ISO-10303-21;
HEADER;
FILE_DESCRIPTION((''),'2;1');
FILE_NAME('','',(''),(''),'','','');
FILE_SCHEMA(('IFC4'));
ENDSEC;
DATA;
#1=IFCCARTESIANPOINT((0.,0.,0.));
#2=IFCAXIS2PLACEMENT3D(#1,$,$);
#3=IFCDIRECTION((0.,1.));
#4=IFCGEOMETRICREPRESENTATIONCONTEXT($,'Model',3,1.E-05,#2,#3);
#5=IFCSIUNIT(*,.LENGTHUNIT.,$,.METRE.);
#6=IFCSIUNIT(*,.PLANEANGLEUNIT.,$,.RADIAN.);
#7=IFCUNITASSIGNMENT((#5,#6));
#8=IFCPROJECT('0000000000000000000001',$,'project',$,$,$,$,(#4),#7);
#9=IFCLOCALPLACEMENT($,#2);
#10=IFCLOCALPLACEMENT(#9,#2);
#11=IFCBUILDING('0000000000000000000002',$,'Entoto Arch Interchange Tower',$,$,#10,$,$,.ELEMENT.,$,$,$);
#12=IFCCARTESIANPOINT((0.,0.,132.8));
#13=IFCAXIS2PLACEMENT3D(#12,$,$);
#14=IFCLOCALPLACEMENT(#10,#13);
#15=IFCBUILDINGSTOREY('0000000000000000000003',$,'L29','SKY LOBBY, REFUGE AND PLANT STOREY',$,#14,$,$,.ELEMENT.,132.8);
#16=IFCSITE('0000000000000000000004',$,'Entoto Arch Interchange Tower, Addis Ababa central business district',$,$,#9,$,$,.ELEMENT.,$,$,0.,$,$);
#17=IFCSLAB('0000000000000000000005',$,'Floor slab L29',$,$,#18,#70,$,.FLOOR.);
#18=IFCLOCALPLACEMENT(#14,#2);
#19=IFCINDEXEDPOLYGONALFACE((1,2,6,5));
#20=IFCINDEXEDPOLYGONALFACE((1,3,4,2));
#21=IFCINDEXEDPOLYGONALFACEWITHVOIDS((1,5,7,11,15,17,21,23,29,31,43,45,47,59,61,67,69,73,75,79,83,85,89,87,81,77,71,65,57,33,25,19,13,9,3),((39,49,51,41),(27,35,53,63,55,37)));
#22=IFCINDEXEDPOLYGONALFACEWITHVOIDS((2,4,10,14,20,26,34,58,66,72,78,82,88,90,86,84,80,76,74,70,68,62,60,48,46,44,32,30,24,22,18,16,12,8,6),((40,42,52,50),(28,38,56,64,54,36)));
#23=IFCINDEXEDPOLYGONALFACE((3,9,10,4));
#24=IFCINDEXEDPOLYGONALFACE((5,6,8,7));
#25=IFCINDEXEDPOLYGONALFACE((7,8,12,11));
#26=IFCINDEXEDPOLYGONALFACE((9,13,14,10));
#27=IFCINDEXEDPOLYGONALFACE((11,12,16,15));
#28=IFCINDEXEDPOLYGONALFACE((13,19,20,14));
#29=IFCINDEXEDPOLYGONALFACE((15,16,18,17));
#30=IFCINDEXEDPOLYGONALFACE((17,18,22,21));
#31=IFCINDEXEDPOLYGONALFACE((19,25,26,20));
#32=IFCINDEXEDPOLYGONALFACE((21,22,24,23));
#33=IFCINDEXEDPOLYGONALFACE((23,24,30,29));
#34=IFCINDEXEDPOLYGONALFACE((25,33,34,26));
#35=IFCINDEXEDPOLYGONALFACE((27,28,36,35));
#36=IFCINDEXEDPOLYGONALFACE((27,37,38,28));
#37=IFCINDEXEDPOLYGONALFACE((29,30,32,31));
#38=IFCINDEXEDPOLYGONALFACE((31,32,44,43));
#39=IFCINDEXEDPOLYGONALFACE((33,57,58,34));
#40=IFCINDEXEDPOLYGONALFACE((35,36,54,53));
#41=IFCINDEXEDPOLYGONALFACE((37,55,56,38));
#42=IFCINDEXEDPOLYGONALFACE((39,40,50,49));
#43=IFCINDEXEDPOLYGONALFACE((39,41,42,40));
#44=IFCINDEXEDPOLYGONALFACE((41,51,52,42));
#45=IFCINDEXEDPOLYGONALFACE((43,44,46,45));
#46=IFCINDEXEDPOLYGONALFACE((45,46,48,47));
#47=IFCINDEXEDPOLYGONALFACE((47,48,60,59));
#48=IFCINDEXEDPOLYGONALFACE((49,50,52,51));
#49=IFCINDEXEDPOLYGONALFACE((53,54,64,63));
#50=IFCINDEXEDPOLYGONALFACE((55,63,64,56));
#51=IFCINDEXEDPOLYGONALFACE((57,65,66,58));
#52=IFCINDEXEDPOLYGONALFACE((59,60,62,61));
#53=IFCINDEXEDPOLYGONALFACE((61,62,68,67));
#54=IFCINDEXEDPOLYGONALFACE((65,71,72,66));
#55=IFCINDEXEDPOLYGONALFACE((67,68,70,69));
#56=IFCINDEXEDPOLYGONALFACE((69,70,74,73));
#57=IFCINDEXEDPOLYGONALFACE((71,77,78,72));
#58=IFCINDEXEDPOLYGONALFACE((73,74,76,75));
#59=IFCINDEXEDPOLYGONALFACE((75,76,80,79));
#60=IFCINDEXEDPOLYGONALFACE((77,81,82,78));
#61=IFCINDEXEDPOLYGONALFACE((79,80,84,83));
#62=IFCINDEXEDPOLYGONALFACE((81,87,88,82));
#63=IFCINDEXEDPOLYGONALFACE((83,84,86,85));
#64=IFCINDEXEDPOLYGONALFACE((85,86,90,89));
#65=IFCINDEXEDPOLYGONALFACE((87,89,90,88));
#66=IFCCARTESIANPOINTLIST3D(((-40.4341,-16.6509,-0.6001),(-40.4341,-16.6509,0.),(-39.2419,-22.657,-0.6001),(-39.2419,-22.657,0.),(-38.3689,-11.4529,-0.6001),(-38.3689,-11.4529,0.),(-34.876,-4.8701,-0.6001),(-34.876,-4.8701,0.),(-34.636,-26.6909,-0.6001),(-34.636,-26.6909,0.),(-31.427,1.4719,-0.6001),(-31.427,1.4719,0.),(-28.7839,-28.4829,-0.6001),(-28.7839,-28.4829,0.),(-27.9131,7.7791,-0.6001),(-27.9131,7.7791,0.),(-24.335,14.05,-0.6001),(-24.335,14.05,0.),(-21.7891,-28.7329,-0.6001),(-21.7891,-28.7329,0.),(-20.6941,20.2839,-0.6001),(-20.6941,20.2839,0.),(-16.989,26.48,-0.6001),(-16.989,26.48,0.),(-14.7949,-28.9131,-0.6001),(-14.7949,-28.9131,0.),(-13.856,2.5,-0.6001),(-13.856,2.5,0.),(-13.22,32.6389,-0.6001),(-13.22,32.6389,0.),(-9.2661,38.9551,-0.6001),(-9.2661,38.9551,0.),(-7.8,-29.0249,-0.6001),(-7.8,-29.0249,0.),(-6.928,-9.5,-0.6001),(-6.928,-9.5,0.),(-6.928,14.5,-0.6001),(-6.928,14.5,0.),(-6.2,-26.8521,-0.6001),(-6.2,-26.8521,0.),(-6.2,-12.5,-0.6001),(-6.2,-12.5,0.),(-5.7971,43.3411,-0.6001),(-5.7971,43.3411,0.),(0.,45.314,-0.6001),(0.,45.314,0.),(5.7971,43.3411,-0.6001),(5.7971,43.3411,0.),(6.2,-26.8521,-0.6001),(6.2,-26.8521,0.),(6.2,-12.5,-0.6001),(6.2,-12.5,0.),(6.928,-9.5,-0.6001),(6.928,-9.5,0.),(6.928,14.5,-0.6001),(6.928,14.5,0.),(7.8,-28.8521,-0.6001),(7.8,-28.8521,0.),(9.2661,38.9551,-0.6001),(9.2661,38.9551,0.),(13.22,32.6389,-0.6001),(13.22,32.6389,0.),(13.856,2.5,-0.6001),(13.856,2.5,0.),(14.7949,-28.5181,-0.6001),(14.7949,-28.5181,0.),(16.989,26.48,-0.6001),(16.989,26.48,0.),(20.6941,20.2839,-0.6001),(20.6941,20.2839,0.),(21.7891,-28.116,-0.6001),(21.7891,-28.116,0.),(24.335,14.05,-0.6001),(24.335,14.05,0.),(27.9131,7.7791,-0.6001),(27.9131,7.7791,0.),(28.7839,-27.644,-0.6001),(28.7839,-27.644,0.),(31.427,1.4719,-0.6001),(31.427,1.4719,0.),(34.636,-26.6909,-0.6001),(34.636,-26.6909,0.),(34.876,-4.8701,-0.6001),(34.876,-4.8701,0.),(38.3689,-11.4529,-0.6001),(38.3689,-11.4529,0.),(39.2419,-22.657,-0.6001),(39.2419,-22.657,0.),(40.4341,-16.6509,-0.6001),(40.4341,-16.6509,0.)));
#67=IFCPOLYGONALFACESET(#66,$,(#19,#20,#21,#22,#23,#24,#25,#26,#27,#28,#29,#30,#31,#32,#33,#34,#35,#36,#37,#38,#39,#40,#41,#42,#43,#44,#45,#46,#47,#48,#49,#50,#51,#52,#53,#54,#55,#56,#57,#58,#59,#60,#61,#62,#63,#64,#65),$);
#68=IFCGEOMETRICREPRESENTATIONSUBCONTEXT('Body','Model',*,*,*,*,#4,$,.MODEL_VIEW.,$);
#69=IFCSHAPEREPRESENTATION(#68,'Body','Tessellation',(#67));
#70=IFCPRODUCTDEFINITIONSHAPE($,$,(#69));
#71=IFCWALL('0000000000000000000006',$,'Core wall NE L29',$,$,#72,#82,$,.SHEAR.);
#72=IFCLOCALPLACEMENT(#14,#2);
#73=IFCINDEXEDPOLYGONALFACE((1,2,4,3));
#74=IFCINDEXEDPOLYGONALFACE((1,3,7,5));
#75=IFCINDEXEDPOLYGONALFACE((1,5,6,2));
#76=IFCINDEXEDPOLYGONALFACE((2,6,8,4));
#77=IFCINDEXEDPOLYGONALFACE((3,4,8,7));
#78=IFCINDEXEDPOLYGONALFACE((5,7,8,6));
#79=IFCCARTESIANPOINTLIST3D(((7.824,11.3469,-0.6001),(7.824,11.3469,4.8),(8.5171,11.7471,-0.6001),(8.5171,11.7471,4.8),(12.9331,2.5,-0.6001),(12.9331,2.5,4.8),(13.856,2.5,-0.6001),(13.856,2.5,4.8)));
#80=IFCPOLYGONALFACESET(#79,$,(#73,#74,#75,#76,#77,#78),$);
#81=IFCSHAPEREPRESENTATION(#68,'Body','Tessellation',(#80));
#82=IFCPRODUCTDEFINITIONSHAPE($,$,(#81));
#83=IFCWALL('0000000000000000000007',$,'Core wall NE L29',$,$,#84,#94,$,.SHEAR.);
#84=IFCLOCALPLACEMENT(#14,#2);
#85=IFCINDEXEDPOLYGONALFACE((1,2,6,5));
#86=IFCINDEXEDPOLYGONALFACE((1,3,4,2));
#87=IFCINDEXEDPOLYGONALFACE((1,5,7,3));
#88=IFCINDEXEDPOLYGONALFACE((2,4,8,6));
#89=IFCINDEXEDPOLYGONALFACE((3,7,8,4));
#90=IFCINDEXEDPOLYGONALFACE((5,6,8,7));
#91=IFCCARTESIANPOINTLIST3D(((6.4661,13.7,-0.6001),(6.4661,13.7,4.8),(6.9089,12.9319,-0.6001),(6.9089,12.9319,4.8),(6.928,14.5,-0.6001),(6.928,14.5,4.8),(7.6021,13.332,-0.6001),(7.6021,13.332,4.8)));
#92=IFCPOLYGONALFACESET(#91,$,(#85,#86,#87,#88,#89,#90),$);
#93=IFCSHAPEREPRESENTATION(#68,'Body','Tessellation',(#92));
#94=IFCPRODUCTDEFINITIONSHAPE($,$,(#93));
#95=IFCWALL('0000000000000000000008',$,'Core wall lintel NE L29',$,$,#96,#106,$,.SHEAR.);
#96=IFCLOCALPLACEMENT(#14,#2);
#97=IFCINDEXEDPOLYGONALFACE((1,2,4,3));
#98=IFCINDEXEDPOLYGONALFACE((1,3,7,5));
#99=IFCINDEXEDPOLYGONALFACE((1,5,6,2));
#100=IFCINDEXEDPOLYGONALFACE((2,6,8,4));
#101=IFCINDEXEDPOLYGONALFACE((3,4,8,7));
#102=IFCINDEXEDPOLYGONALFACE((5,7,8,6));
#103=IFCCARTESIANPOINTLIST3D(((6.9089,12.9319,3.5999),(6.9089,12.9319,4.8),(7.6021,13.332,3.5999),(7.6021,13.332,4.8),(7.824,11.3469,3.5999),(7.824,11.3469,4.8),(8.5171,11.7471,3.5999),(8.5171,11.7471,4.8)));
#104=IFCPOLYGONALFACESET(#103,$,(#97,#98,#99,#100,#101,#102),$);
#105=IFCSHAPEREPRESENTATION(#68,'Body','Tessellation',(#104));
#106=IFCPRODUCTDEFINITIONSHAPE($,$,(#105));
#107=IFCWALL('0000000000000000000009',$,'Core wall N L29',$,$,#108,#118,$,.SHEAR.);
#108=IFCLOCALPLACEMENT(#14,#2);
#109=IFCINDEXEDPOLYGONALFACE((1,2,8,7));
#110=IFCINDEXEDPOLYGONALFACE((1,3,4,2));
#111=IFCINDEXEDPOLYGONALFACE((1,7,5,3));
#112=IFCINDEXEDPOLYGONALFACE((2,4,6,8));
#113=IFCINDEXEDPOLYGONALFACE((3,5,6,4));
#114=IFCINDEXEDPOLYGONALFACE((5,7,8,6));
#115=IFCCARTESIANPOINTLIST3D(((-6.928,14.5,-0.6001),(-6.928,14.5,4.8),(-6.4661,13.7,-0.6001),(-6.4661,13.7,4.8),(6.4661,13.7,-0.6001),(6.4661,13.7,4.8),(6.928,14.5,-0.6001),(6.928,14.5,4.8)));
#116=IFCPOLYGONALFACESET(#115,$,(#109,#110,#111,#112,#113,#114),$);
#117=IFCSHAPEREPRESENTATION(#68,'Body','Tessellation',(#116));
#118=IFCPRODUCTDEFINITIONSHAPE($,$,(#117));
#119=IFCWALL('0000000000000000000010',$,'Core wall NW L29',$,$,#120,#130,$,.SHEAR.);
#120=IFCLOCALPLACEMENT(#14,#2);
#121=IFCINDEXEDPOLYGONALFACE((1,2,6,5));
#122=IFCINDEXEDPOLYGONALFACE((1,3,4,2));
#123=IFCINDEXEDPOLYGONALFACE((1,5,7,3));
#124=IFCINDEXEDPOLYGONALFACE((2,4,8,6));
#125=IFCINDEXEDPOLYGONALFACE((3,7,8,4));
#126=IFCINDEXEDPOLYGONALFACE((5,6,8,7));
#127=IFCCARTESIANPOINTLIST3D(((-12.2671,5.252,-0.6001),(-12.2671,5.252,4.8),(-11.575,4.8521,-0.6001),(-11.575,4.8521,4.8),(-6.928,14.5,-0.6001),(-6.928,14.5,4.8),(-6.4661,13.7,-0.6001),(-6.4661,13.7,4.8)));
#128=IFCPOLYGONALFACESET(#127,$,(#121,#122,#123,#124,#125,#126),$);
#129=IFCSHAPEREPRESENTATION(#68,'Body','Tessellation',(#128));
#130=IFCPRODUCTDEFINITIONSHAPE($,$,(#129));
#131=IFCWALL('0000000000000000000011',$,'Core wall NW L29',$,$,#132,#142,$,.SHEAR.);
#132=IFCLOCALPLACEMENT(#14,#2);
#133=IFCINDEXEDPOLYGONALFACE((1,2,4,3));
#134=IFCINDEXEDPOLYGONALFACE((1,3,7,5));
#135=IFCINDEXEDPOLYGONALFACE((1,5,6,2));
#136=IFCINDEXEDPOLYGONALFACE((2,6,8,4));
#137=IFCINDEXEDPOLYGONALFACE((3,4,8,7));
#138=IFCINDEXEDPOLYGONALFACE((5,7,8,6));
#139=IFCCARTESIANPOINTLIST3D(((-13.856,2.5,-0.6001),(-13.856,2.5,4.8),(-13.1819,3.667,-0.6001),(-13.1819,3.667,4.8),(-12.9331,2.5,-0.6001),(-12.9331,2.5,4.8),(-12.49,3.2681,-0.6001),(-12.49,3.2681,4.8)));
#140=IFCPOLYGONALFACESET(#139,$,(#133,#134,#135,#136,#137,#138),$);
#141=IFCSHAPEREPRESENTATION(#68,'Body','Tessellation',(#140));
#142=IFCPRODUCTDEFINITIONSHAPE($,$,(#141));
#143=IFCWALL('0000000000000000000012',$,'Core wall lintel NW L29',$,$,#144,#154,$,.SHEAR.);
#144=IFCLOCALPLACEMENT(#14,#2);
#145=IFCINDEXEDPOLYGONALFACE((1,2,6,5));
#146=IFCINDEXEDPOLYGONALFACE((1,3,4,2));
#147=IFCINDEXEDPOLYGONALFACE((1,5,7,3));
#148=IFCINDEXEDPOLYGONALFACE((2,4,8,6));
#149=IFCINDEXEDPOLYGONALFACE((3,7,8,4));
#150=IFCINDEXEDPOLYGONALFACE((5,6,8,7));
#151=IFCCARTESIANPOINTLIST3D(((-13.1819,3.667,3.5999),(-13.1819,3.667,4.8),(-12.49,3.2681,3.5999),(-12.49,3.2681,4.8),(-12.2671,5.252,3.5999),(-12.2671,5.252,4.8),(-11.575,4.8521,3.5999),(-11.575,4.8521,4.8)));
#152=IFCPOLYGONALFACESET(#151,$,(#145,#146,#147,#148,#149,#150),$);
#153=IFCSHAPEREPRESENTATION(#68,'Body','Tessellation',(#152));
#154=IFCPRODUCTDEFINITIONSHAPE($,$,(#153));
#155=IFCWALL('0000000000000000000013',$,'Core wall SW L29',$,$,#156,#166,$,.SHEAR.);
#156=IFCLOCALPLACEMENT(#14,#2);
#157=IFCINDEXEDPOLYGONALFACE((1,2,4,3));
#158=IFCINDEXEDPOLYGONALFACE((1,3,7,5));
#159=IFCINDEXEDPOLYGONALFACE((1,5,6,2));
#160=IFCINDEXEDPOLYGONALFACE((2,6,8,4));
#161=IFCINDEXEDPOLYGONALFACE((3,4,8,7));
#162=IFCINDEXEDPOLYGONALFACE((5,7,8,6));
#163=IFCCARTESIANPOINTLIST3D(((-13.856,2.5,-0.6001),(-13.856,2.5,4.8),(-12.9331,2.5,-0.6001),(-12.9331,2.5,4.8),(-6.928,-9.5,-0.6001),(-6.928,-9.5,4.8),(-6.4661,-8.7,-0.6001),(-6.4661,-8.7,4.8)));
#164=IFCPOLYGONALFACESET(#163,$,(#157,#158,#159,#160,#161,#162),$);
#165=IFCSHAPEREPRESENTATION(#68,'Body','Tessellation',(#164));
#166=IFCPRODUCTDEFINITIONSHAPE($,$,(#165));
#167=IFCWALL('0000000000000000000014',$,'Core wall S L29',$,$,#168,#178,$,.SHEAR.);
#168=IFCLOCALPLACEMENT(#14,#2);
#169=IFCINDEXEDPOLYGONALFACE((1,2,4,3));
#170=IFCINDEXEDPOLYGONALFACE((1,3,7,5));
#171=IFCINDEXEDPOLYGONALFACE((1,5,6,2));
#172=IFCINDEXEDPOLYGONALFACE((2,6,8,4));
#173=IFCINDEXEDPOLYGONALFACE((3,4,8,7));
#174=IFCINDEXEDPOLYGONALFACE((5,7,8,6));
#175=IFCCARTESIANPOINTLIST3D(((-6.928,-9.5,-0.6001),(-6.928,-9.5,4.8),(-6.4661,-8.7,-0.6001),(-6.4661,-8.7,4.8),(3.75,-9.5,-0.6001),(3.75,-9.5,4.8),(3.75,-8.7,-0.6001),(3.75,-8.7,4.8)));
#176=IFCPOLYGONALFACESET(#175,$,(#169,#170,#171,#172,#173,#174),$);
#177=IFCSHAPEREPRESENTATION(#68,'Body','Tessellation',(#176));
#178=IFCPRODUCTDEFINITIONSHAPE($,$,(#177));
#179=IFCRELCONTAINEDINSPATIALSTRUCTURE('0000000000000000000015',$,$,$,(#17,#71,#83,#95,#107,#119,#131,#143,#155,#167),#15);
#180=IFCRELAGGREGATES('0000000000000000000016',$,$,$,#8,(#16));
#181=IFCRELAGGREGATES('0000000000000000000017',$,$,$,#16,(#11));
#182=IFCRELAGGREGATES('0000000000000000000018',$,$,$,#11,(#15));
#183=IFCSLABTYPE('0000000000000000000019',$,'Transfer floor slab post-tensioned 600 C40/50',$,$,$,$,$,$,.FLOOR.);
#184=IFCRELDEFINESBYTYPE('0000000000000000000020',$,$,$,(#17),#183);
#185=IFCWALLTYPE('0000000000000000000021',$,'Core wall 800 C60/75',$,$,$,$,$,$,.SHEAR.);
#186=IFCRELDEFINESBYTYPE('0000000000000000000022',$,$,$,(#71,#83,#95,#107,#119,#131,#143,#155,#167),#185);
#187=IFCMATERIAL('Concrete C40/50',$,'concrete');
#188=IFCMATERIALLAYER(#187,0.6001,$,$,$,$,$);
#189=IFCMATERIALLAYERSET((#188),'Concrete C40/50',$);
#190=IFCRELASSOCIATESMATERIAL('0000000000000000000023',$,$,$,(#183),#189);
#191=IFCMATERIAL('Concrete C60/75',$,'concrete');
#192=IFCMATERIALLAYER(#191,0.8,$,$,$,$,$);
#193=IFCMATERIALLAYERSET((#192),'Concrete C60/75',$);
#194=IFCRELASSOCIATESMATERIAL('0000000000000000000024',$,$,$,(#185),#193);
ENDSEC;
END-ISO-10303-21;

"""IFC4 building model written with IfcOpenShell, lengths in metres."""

from ifc_helpers import new_model, si_unit, direction, frame, origin, place, context, subcontext, project, spatial, polyline, outline, extrude, material, layer, layer_set, type_object, element, save


model = new_model("IFC4")

# Units and contexts
model_context = context("Model", 3, precision=1e-05, world=origin(), true_north=direction((0.0, 1.0)))
body_context = subcontext(model_context, "Body", "Model", "MODEL_VIEW")
ifc_project = project(units=[si_unit("LENGTHUNIT", "METRE"), si_unit("PLANEANGLEUNIT", "RADIAN")], contexts=[model_context])

# Site, building, storey
site_placement = place(None, origin())
site = spatial("IfcSite", under=ifc_project, at=site_placement, Name="Entoto Arch Interchange Tower, Addis Ababa central business district", CompositionType="ELEMENT", RefElevation=0.0)
building_placement = place(site_placement, origin())
building = spatial("IfcBuilding", under=site, at=building_placement, Name="Entoto Arch Interchange Tower", CompositionType="ELEMENT")
storey_placement = place(building_placement, frame((0.0, 0.0, 132.8)))
storey = spatial("IfcBuildingStorey", under=building, at=storey_placement, Name="L29", Description="SKY LOBBY, REFUGE AND PLANT STOREY", CompositionType="ELEMENT", Elevation=132.8)

# Slab
ifc_material_1 = material(Name="Concrete C40/50", Category="concrete")
ifc_layer_1 = layer(ifc_material_1, 0.6001)
ifc_layer_set_1 = layer_set([ifc_layer_1], Name="Concrete C40/50")
slab_type = type_object("IfcSlabType", Name="Transfer floor slab post-tensioned 600 C40/50", PredefinedType="FLOOR", material=ifc_layer_set_1)
slab_placement = place(storey_placement, frame((0.0, 0.0, -0.6001)))
element("IfcSlab", 1, at=slab_placement, inside=storey, type_object=slab_type, Name="Floor slab L29", PredefinedType="FLOOR", context=body_context, shape_type="SweptSolid", body=[
    extrude(outline(polyline([(-28.7839, -28.4829), (-21.7891, -28.7329), (-14.7949, -28.9131), (-7.8, -29.0249), (7.8, -28.8521), (14.7949, -28.5181), (21.7891, -28.116), (28.7839, -27.644), (34.636, -26.6909), (39.2419, -22.657), (40.4341, -16.6509), (38.3689, -11.4529), (34.876, -4.8701), (31.427, 1.4719), (27.9131, 7.7791), (24.335, 14.05), (20.6941, 20.2839), (16.989, 26.48), (13.22, 32.6389), (9.2661, 38.9551), (5.7971, 43.3411), (0.0, 45.314), (-5.7971, 43.3411), (-9.2661, 38.9551), (-13.22, 32.6389), (-16.989, 26.48), (-20.6941, 20.2839), (-24.335, 14.05), (-27.9131, 7.7791), (-31.427, 1.4719), (-34.876, -4.8701), (-38.3689, -11.4529), (-40.4341, -16.6509), (-39.2419, -22.657), (-34.636, -26.6909), (-28.7839, -28.4829)]), holes=[polyline([(6.2, -26.8521), (6.2, -12.5), (-6.2, -12.5), (-6.2, -26.8521), (6.2, -26.8521)]), polyline([(13.856, 2.5), (6.928, 14.5), (-6.928, 14.5), (-13.856, 2.5), (-6.928, -9.5), (6.928, -9.5), (13.856, 2.5)])]), origin(), (0.0, 0.0, 1.0), 0.6001),
])

# Walls
ifc_material_2 = material(Name="Concrete C60/75", Category="concrete")
ifc_layer_2 = layer(ifc_material_2, 0.8)
ifc_layer_set_2 = layer_set([ifc_layer_2], Name="Concrete C60/75")
wall_type_1 = type_object("IfcWallType", Name="Core wall 800 C60/75", PredefinedType="SHEAR", material=ifc_layer_set_2)
wall_1_placement = place(storey_placement, frame((0.0, 0.0, -0.6001)))
element("IfcWall", 2, at=wall_1_placement, inside=storey, type_object=wall_type_1, Name="Core wall NE L29", PredefinedType="SHEAR", context=body_context, shape_type="SweptSolid", body=[
    extrude(outline(polyline([(8.5171, 11.7471), (7.824, 11.3469), (12.9331, 2.5), (13.856, 2.5), (8.5171, 11.7471)])), origin(), (0.0, 0.0, 1.0), 5.4001),
])
wall_2_placement = place(storey_placement, frame((0.0, 0.0, -0.6001)))
element("IfcWall", 3, at=wall_2_placement, inside=storey, type_object=wall_type_1, Name="Core wall NE L29", PredefinedType="SHEAR", context=body_context, shape_type="SweptSolid", body=[
    extrude(outline(polyline([(6.9089, 12.9319), (7.6021, 13.332), (6.928, 14.5), (6.4661, 13.7), (6.9089, 12.9319)])), origin(), (0.0, 0.0, 1.0), 5.4001),
])
wall_3_placement = place(storey_placement, frame((0.0, 0.0, 3.5999)))
element("IfcWall", 4, at=wall_3_placement, inside=storey, type_object=wall_type_1, Name="Core wall lintel NE L29", PredefinedType="SHEAR", context=body_context, shape_type="SweptSolid", body=[
    extrude(outline(polyline([(7.6021, 13.332), (6.9089, 12.9319), (7.824, 11.3469), (8.5171, 11.7471), (7.6021, 13.332)])), origin(), (0.0, 0.0, 1.0), 1.2002),
])
wall_4_placement = place(storey_placement, frame((0.0, 0.0, -0.6001)))
element("IfcWall", 5, at=wall_4_placement, inside=storey, type_object=wall_type_1, Name="Core wall N L29", PredefinedType="SHEAR", context=body_context, shape_type="SweptSolid", body=[
    extrude(outline(polyline([(6.928, 14.5), (-6.928, 14.5), (-6.4661, 13.7), (6.4661, 13.7), (6.928, 14.5)])), origin(), (0.0, 0.0, 1.0), 5.4001),
])
wall_5_placement = place(storey_placement, frame((0.0, 0.0, -0.6001)))
element("IfcWall", 6, at=wall_5_placement, inside=storey, type_object=wall_type_1, Name="Core wall NW L29", PredefinedType="SHEAR", context=body_context, shape_type="SweptSolid", body=[
    extrude(outline(polyline([(-12.2671, 5.252), (-11.575, 4.8521), (-6.4661, 13.7), (-6.928, 14.5), (-12.2671, 5.252)])), origin(), (0.0, 0.0, 1.0), 5.4001),
])
wall_6_placement = place(storey_placement, frame((0.0, 0.0, -0.6001)))
element("IfcWall", 7, at=wall_6_placement, inside=storey, type_object=wall_type_1, Name="Core wall NW L29", PredefinedType="SHEAR", context=body_context, shape_type="SweptSolid", body=[
    extrude(outline(polyline([(-12.49, 3.2681), (-13.1819, 3.667), (-13.856, 2.5), (-12.9331, 2.5), (-12.49, 3.2681)])), origin(), (0.0, 0.0, 1.0), 5.4001),
])
wall_7_placement = place(storey_placement, frame((0.0, 0.0, 3.5999)))
element("IfcWall", 8, at=wall_7_placement, inside=storey, type_object=wall_type_1, Name="Core wall lintel NW L29", PredefinedType="SHEAR", context=body_context, shape_type="SweptSolid", body=[
    extrude(outline(polyline([(-13.1819, 3.667), (-12.49, 3.2681), (-11.575, 4.8521), (-12.2671, 5.252), (-13.1819, 3.667)])), origin(), (0.0, 0.0, 1.0), 1.2002),
])
wall_8_placement = place(storey_placement, frame((0.0, 0.0, -0.6001)))
element("IfcWall", 9, at=wall_8_placement, inside=storey, type_object=wall_type_1, Name="Core wall SW L29", PredefinedType="SHEAR", context=body_context, shape_type="SweptSolid", body=[
    extrude(outline(polyline([(-13.856, 2.5), (-6.928, -9.5), (-6.4661, -8.7), (-12.9331, 2.5), (-13.856, 2.5)])), origin(), (0.0, 0.0, 1.0), 5.4001),
])
wall_9_placement = place(storey_placement, frame((0.0, 0.0, -0.6001)))
element("IfcWall", 10, at=wall_9_placement, inside=storey, type_object=wall_type_1, Name="Core wall S L29", PredefinedType="SHEAR", context=body_context, shape_type="SweptSolid", body=[
    extrude(outline(polyline([(3.75, -9.5), (3.75, -8.7), (-6.4661, -8.7), (-6.928, -9.5), (3.75, -9.5)])), origin(), (0.0, 0.0, 1.0), 5.4001),
])

save(model, "model.ifc")
